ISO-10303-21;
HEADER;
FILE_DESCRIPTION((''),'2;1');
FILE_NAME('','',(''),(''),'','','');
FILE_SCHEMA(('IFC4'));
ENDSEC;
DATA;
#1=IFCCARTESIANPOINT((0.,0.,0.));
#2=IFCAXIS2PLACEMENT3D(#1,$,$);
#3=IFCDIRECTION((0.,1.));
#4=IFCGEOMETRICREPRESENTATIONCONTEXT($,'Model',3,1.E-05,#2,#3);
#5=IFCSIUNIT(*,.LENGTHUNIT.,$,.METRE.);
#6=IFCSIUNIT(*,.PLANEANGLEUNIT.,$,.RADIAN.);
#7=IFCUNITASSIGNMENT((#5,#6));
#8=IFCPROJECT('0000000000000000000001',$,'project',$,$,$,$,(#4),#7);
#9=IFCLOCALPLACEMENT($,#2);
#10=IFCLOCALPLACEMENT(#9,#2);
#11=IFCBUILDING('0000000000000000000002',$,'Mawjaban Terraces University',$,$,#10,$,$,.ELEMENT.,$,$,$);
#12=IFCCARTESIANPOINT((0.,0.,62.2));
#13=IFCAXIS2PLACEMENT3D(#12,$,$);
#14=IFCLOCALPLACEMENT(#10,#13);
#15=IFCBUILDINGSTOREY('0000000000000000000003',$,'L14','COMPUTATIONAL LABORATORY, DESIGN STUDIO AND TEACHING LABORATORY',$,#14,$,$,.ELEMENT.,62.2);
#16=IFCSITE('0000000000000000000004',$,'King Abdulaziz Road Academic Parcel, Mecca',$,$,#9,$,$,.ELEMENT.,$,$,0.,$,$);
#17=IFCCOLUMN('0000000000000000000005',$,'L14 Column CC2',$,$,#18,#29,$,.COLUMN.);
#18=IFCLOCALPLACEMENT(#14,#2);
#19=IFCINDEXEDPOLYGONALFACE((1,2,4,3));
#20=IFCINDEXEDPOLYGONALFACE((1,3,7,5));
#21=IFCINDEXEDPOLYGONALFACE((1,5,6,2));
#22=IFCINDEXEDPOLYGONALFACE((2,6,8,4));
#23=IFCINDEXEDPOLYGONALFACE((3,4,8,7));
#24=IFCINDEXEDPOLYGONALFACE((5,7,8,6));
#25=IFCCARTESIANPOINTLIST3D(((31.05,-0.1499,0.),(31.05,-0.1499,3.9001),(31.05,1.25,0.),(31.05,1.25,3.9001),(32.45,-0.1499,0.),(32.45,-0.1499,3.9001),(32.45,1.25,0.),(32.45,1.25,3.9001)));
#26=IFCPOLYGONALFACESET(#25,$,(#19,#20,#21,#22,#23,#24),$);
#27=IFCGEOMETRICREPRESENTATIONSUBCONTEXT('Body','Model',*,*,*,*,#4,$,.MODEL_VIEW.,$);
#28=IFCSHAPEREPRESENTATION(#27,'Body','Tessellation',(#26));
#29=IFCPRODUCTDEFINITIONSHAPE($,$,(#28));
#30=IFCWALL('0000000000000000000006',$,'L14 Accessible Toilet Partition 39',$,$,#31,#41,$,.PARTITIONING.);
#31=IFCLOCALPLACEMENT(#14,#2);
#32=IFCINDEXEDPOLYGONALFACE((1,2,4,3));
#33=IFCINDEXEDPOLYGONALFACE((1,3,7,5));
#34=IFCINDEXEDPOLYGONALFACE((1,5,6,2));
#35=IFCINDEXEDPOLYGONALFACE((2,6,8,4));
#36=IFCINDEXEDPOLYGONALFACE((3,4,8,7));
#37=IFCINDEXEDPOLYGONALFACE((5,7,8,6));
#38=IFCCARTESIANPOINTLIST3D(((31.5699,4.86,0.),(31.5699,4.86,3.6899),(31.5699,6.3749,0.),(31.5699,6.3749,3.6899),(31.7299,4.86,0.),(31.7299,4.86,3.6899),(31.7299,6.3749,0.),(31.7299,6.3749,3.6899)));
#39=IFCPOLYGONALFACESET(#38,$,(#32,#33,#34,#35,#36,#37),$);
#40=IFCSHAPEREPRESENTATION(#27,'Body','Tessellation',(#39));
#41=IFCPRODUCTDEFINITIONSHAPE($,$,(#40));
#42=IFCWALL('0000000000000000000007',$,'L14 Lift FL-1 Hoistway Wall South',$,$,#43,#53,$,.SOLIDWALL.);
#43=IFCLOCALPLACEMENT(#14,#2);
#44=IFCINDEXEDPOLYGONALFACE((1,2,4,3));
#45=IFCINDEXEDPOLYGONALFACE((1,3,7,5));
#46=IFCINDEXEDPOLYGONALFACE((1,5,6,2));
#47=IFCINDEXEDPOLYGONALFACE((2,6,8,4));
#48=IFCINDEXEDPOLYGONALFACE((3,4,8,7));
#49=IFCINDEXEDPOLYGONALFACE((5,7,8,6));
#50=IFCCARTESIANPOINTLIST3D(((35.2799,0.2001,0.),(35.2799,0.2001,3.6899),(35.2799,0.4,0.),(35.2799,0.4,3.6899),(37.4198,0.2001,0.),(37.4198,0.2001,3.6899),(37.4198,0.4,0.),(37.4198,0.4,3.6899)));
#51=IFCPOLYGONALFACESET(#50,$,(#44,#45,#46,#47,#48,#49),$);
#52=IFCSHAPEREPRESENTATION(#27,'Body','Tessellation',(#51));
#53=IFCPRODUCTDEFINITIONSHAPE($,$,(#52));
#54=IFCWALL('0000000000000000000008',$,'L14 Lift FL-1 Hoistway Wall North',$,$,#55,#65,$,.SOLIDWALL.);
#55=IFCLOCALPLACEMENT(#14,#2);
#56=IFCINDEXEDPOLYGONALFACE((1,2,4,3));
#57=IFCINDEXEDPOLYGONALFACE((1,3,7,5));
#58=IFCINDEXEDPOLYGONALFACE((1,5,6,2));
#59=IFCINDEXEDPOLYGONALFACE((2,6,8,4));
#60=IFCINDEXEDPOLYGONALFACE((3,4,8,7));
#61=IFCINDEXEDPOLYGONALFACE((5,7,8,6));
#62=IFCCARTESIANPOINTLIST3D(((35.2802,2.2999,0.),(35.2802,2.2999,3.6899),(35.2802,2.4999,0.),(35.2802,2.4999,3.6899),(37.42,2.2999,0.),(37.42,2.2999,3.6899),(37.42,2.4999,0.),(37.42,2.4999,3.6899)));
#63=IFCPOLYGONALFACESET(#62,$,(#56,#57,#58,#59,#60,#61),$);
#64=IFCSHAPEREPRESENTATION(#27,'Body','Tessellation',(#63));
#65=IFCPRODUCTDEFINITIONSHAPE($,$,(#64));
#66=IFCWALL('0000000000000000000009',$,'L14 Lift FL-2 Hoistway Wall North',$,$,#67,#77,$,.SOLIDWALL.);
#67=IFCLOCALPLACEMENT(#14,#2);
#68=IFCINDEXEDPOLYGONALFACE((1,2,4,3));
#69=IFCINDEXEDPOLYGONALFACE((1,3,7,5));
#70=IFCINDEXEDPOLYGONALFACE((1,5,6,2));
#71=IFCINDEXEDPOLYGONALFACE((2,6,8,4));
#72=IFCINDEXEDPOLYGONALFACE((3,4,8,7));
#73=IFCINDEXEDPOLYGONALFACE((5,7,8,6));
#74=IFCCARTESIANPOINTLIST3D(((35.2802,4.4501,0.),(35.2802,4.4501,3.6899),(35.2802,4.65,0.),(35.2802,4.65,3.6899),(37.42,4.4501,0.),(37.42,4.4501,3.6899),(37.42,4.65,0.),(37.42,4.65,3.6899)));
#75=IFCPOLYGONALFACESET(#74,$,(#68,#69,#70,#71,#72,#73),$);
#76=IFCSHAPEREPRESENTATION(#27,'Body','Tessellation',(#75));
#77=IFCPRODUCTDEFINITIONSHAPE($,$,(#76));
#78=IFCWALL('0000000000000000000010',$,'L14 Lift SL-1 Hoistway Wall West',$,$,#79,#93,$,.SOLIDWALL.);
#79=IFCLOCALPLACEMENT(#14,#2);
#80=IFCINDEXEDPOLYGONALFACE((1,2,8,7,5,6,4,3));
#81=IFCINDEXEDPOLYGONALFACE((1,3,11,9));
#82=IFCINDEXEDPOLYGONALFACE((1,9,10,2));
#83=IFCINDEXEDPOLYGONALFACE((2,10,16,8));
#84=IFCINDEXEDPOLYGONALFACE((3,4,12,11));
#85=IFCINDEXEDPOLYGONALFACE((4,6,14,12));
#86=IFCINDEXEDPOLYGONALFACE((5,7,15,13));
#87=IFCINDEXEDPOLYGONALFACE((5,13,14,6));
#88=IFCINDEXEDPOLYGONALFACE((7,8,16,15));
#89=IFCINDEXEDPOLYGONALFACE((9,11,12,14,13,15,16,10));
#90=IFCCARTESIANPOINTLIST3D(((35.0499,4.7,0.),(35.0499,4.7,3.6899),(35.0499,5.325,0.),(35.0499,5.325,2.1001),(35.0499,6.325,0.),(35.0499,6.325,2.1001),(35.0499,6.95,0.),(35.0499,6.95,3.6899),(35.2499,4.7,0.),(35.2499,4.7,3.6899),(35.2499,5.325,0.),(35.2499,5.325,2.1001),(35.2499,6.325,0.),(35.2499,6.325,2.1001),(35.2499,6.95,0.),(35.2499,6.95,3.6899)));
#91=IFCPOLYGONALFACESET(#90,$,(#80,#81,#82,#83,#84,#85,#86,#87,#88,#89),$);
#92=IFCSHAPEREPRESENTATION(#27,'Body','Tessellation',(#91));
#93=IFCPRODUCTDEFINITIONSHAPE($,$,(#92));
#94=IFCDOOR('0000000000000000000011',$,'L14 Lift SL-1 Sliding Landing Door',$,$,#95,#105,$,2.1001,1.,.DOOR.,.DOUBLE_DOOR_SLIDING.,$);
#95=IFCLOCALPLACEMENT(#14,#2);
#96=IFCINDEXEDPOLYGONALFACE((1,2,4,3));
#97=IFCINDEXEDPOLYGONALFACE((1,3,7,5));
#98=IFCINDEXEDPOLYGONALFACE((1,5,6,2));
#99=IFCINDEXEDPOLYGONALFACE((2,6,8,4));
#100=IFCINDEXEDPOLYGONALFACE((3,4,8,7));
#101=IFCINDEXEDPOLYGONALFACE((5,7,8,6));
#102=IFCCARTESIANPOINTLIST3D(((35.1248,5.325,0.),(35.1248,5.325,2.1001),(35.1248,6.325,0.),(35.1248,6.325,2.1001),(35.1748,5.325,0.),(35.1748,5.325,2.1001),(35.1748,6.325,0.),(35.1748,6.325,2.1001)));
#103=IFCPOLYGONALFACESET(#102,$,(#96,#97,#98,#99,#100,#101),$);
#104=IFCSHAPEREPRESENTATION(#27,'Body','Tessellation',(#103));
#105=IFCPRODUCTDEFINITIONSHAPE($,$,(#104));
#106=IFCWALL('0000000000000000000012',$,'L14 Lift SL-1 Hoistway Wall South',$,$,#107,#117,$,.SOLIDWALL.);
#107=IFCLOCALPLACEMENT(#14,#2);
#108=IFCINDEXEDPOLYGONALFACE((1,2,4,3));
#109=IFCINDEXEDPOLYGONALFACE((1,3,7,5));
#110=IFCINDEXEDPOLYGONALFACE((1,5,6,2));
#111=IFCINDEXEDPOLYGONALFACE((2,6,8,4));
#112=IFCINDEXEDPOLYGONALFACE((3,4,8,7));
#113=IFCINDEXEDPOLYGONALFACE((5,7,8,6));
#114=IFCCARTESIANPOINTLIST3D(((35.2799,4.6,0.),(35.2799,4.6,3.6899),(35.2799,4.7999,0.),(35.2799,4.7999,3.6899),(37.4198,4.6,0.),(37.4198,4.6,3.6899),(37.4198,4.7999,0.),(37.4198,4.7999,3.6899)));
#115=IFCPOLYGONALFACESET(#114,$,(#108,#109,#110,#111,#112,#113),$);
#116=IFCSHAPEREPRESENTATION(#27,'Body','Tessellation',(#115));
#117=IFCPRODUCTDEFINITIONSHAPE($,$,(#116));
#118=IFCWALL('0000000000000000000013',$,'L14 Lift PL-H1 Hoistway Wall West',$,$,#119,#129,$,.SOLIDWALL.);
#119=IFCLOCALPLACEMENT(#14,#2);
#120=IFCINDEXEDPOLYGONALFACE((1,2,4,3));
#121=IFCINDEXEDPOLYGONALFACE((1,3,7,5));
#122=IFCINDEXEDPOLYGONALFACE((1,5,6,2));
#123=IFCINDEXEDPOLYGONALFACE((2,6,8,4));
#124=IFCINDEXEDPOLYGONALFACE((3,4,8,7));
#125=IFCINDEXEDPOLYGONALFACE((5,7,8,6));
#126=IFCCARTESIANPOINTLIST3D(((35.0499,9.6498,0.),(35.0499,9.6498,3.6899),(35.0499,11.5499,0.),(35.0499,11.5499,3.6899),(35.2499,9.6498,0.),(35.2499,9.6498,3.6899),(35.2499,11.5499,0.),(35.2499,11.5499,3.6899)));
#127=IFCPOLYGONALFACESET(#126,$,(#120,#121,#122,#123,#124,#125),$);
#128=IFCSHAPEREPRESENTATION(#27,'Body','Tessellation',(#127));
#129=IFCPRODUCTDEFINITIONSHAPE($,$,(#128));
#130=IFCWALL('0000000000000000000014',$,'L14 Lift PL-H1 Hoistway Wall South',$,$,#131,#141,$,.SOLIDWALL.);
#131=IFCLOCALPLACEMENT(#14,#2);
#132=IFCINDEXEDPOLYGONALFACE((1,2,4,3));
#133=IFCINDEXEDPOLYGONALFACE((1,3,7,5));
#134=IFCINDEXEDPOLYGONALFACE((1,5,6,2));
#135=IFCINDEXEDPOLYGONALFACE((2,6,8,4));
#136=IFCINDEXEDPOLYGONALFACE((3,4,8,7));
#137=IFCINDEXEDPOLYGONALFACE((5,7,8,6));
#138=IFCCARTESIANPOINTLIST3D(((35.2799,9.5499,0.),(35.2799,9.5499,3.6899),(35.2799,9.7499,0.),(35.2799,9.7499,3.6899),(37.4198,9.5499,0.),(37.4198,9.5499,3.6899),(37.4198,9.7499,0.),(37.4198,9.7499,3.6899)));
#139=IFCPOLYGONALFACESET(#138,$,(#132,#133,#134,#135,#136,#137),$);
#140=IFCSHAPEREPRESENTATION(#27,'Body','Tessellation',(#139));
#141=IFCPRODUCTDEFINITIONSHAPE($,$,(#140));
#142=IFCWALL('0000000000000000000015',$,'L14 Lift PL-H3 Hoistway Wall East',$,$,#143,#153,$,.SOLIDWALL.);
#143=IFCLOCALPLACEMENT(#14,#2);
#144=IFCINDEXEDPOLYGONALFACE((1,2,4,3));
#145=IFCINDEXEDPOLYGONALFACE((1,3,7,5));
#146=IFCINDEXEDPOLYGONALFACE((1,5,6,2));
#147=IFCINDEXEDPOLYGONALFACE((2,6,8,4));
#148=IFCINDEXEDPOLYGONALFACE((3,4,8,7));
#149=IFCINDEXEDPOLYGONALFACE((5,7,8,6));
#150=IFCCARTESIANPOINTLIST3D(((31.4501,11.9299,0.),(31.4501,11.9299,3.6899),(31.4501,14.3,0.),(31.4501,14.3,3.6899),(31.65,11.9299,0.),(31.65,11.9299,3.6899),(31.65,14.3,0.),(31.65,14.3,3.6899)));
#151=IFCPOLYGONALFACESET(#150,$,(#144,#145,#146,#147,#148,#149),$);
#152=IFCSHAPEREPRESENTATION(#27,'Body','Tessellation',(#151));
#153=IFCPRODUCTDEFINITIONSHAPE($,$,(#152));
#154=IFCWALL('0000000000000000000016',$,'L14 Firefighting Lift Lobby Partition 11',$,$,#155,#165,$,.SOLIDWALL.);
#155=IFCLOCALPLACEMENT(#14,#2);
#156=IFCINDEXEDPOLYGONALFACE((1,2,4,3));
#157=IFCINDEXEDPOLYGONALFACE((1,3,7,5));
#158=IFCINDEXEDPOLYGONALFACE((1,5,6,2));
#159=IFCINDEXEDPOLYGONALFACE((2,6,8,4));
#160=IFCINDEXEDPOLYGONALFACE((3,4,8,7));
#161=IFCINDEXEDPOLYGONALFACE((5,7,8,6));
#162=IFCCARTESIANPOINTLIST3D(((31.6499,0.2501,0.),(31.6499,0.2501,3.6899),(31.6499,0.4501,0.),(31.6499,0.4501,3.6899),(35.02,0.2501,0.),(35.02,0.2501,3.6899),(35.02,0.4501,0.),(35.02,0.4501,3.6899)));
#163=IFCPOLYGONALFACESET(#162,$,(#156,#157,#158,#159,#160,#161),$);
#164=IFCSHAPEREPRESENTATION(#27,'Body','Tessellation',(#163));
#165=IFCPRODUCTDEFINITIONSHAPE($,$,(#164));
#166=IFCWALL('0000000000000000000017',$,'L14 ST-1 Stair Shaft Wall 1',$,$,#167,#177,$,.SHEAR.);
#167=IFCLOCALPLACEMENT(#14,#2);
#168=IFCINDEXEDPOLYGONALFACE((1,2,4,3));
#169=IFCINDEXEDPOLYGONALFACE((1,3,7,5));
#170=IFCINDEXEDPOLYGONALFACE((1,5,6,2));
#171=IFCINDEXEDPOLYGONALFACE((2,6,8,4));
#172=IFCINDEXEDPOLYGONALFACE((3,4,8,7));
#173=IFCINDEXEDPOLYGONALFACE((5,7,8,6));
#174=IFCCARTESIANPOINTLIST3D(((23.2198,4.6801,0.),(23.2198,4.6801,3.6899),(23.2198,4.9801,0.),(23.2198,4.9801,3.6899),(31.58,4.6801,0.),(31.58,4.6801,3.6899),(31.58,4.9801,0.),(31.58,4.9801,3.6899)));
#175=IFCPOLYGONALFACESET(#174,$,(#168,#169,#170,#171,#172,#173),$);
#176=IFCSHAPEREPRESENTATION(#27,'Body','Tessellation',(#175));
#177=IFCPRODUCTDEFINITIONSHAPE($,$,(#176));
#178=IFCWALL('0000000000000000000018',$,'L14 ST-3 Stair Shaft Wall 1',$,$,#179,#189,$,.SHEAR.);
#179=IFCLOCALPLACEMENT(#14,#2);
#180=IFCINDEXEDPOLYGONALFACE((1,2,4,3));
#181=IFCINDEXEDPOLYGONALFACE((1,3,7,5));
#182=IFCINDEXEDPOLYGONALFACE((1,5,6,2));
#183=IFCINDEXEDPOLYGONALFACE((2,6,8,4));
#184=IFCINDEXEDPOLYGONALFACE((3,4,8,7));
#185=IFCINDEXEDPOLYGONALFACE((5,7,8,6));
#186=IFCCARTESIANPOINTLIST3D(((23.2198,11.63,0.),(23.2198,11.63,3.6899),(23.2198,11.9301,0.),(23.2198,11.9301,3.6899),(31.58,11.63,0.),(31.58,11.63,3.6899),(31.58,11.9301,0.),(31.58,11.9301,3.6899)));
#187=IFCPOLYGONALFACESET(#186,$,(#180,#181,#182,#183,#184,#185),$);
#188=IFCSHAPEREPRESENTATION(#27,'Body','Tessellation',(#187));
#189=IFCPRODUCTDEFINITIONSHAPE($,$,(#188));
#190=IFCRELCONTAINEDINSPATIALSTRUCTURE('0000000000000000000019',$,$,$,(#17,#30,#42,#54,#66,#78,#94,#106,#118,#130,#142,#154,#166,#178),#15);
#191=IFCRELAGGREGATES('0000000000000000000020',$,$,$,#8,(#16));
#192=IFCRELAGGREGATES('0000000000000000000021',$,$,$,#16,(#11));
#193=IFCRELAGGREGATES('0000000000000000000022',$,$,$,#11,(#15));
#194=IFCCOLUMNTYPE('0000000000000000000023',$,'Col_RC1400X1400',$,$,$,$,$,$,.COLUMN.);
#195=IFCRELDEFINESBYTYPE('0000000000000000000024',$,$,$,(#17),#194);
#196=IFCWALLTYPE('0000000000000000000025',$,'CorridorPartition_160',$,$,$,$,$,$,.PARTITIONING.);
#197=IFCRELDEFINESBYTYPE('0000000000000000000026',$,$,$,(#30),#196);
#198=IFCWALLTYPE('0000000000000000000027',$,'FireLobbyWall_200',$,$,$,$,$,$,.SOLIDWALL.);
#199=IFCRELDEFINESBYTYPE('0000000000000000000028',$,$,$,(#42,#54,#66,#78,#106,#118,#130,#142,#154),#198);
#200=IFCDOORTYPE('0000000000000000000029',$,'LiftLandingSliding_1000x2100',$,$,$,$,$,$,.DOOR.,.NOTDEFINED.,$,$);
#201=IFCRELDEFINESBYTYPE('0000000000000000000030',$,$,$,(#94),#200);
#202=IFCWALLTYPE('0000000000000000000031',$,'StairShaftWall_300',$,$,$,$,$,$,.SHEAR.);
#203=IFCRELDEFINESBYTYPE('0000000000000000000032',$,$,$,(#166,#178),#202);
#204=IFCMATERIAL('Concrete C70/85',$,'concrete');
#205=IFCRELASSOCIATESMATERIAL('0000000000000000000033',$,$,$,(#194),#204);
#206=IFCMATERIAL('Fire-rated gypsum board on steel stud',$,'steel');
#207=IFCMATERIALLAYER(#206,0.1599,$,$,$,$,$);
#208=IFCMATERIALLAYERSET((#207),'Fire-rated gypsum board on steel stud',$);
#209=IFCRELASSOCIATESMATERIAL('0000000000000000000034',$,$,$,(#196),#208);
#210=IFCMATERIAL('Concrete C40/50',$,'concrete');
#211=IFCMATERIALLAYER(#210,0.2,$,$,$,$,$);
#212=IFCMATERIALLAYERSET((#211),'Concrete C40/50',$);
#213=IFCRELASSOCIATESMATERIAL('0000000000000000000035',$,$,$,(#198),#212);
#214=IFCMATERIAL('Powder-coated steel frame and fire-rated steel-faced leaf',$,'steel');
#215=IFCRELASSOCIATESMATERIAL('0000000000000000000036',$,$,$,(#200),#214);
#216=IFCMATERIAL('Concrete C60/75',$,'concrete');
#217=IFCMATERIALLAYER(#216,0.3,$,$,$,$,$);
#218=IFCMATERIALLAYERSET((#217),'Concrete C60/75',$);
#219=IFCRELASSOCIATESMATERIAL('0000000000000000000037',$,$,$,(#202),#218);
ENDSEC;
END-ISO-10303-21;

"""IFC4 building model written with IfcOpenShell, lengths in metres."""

from ifc_helpers import new_model, si_unit, direction, frame, frame_2d, origin, origin_2d, place, context, subcontext, project, spatial, rectangle, extrude, material, layer, layer_set, material_profile, profile_set, type_object, element, fill, save


model = new_model("IFC4")

# Units and contexts
model_context = context("Model", 3, precision=1e-05, world=origin(), true_north=direction((0.0, 1.0)))
body_context = subcontext(model_context, "Body", "Model", "MODEL_VIEW")
ifc_project = project(units=[si_unit("LENGTHUNIT", "METRE"), si_unit("PLANEANGLEUNIT", "RADIAN")], contexts=[model_context])

# Site, building, storey
site_placement = place(None, origin())
site = spatial("IfcSite", under=ifc_project, at=site_placement, Name="King Abdulaziz Road Academic Parcel, Mecca", CompositionType="ELEMENT", RefElevation=0.0)
building_placement = place(site_placement, origin())
building = spatial("IfcBuilding", under=site, at=building_placement, Name="Mawjaban Terraces University", CompositionType="ELEMENT")
storey_placement = place(building_placement, frame((0.0, 0.0, 62.2)))
storey = spatial("IfcBuildingStorey", under=building, at=storey_placement, Name="L14", Description="COMPUTATIONAL LABORATORY, DESIGN STUDIO AND TEACHING LABORATORY", CompositionType="ELEMENT", Elevation=62.2)

# Column
ifc_material_1 = material(Name="Concrete C70/85", Category="concrete")
ifc_material_profile = material_profile(ifc_material_1, rectangle(XDim=1.3999, YDim=1.3999, at=origin_2d()), Name="RC1400X1400")
ifc_profile_set = profile_set([ifc_material_profile], Name="Concrete C70/85")
column_type = type_object("IfcColumnType", Name="Col_RC1400X1400", PredefinedType="COLUMN", material=ifc_profile_set)
column_placement = place(storey_placement, frame((31.75, 0.55, 0.0), z_axis=(0.0, 0.0, 1.0), x_axis=(1.0, 0.0, 0.0)))
element("IfcColumn", 1, at=column_placement, inside=storey, type_object=column_type, Name="L14 Column CC2", PredefinedType="COLUMN", context=body_context, shape_type="SweptSolid", body=[
    extrude(rectangle(XDim=1.3999, YDim=1.3999, at=origin_2d()), origin(), (0.0, 0.0, 1.0), 3.9001),
])

# Wall
ifc_material_2 = material(Name="Fire-rated gypsum board on steel stud", Category="steel")
ifc_layer_1 = layer(ifc_material_2, 0.1599)
ifc_layer_set_1 = layer_set([ifc_layer_1], Name="Fire-rated gypsum board on steel stud")
wall_type_1 = type_object("IfcWallType", Name="CorridorPartition_160", PredefinedType="PARTITIONING", material=ifc_layer_set_1)
wall_1_placement = place(storey_placement, frame((31.6499, 4.8601, 0.0), z_axis=(0.0, 0.0, 1.0), x_axis=(0.0, 1.0, 0.0)))
element("IfcWall", 2, at=wall_1_placement, inside=storey, type_object=wall_type_1, Name="L14 Accessible Toilet Partition 39", PredefinedType="PARTITIONING", context=body_context, shape_type="SweptSolid", body=[
    extrude(rectangle(XDim=1.5149, YDim=0.1599, at=frame_2d((0.7573, 0.0))), origin(), (0.0, 0.0, 1.0), 3.6899),
])

# Shared definitions
ifc_material_3 = material(Name="Concrete C40/50", Category="concrete")
ifc_layer_2 = layer(ifc_material_3, 0.2)
ifc_layer_set_2 = layer_set([ifc_layer_2], Name="Concrete C40/50")
wall_type_2 = type_object("IfcWallType", Name="FireLobbyWall_200", PredefinedType="SOLIDWALL", material=ifc_layer_set_2)
ifc_material_4 = material(Name="Powder-coated steel frame and fire-rated steel-faced leaf", Category="steel")

# Walls
for number, where, z_axis, x_axis, name in (
    (3, (35.28, 0.3, 0.0), (0.0, 0.0, 1.0), (1.0, 0.0, 0.0), "L14 Lift FL-1 Hoistway Wall South"),
    (4, (37.4199, 2.3999, 0.0), (0.0, 0.0, 1.0), (-1.0, 0.0, 0.0), "L14 Lift FL-1 Hoistway Wall North"),
):
    element("IfcWall", number, at=place(storey_placement, frame(where, z_axis=z_axis, x_axis=x_axis)), inside=storey, type_object=wall_type_2, Name=name, PredefinedType="SOLIDWALL", context=body_context, shape_type="SweptSolid", body=[
        extrude(rectangle(XDim=2.1399, YDim=0.2, at=frame_2d((1.0698, 0.0))), origin(), (0.0, 0.0, 1.0), 3.6899),
    ])

# Wall
wall_2_placement = place(storey_placement, frame((37.4199, 4.55, 0.0), z_axis=(0.0, 0.0, 1.0), x_axis=(-1.0, 0.0, 0.0)))
element("IfcWall", 5, at=wall_2_placement, inside=storey, type_object=wall_type_2, Name="L14 Lift FL-2 Hoistway Wall North", PredefinedType="SOLIDWALL", context=body_context, shape_type="SweptSolid", body=[
    extrude(rectangle(XDim=2.1399, YDim=0.2, at=frame_2d((1.0698, 0.0))), origin(), (0.0, 0.0, 1.0), 3.6899),
])

# Wall, opening, door
wall_3_placement = place(storey_placement, frame((35.1499, 6.95, 0.0), z_axis=(0.0, 0.0, 1.0), x_axis=(0.0, -1.0, 0.0)))
wall_3 = element("IfcWall", 6, at=wall_3_placement, inside=storey, type_object=wall_type_2, Name="L14 Lift SL-1 Hoistway Wall West", PredefinedType="SOLIDWALL", context=body_context, shape_type="SweptSolid", body=[
    extrude(rectangle(XDim=2.25, YDim=0.2, at=frame_2d((1.125, 0.0))), origin(), (0.0, 0.0, 1.0), 3.6899),
])
opening_1_placement = place(wall_3_placement, frame((0.625, 0.0, 0.0)))
opening_1 = element("IfcOpeningElement", 7, at=opening_1_placement, cuts=wall_3, PredefinedType="OPENING", context=body_context, shape_type="SweptSolid", body=[
    extrude(rectangle(XDim=1.0, YDim=2.1001, at=frame_2d((0.5, 1.05))), frame((0.0, 0.1099, 0.0), z_axis=(0.0, -1.0, 0.0), x_axis=(1.0, 0.0, 0.0)), (0.0, 0.0, 1.0), 0.22),
])
door_type_1 = type_object("IfcDoorType", Name="LiftLandingSliding_1000x2100", OperationType="NOTDEFINED", PredefinedType="DOOR", material=ifc_material_4)
door_1_placement = place(opening_1_placement, origin())
door_1 = element("IfcDoor", 8, at=door_1_placement, inside=storey, type_object=door_type_1, Name="L14 Lift SL-1 Sliding Landing Door", OperationType="DOUBLE_DOOR_SLIDING", OverallHeight=2.1001, OverallWidth=1.0, PredefinedType="DOOR", context=body_context, shape_type="SweptSolid", body=[
    extrude(rectangle(XDim=1.0, YDim=2.1001, at=frame_2d((0.5, 1.05))), frame((0.0, 0.0249, 0.0), z_axis=(0.0, -1.0, 0.0), x_axis=(1.0, 0.0, 0.0)), (0.0, 0.0, 1.0), 0.05),
])
fill(opening_1, door_1)

# Walls
wall_4_placement = place(storey_placement, frame((35.28, 4.7, 0.0), z_axis=(0.0, 0.0, 1.0), x_axis=(1.0, 0.0, 0.0)))
element("IfcWall", 9, at=wall_4_placement, inside=storey, type_object=wall_type_2, Name="L14 Lift SL-1 Hoistway Wall South", PredefinedType="SOLIDWALL", context=body_context, shape_type="SweptSolid", body=[
    extrude(rectangle(XDim=2.1399, YDim=0.2, at=frame_2d((1.0698, 0.0))), origin(), (0.0, 0.0, 1.0), 3.6899),
])
wall_5_placement = place(storey_placement, frame((35.1499, 11.55, 0.0), z_axis=(0.0, 0.0, 1.0), x_axis=(0.0, -1.0, 0.0)))
element("IfcWall", 10, at=wall_5_placement, inside=storey, type_object=wall_type_2, Name="L14 Lift PL-H1 Hoistway Wall West", PredefinedType="SOLIDWALL", context=body_context, shape_type="SweptSolid", body=[
    extrude(rectangle(XDim=1.9001, YDim=0.2, at=frame_2d((0.9502, 0.0))), origin(), (0.0, 0.0, 1.0), 3.6899),
])
wall_6_placement = place(storey_placement, frame((35.28, 9.6499, 0.0), z_axis=(0.0, 0.0, 1.0), x_axis=(1.0, 0.0, 0.0)))
element("IfcWall", 11, at=wall_6_placement, inside=storey, type_object=wall_type_2, Name="L14 Lift PL-H1 Hoistway Wall South", PredefinedType="SOLIDWALL", context=body_context, shape_type="SweptSolid", body=[
    extrude(rectangle(XDim=2.1399, YDim=0.2, at=frame_2d((1.0698, 0.0))), origin(), (0.0, 0.0, 1.0), 3.6899),
])
wall_7_placement = place(storey_placement, frame((31.55, 11.9299, 0.0), z_axis=(0.0, 0.0, 1.0), x_axis=(0.0, 1.0, 0.0)))
element("IfcWall", 12, at=wall_7_placement, inside=storey, type_object=wall_type_2, Name="L14 Lift PL-H3 Hoistway Wall East", PredefinedType="SOLIDWALL", context=body_context, shape_type="SweptSolid", body=[
    extrude(rectangle(XDim=2.3701, YDim=0.2, at=frame_2d((1.1851, 0.0))), origin(), (0.0, 0.0, 1.0), 3.6899),
])
wall_8_placement = place(storey_placement, frame((31.6499, 0.3501, 0.0), z_axis=(0.0, 0.0, 1.0), x_axis=(1.0, 0.0, 0.0)))
element("IfcWall", 13, at=wall_8_placement, inside=storey, type_object=wall_type_2, Name="L14 Firefighting Lift Lobby Partition 11", PredefinedType="SOLIDWALL", context=body_context, shape_type="SweptSolid", body=[
    extrude(rectangle(XDim=3.3701, YDim=0.2, at=frame_2d((1.6851, 0.0))), origin(), (0.0, 0.0, 1.0), 3.6899),
])

# Wall
ifc_material_5 = material(Name="Concrete C60/75", Category="concrete")
ifc_layer_3 = layer(ifc_material_5, 0.3)
ifc_layer_set_3 = layer_set([ifc_layer_3], Name="Concrete C60/75")
wall_type_3 = type_object("IfcWallType", Name="StairShaftWall_300", PredefinedType="SHEAR", material=ifc_layer_set_3)
wall_9_placement = place(storey_placement, frame((31.5801, 4.8301, 0.0), z_axis=(0.0, 0.0, 1.0), x_axis=(-1.0, 0.0, 0.0)))
element("IfcWall", 14, at=wall_9_placement, inside=storey, type_object=wall_type_3, Name="L14 ST-1 Stair Shaft Wall 1", PredefinedType="SHEAR", context=body_context, shape_type="SweptSolid", body=[
    extrude(rectangle(XDim=8.3601, YDim=0.3, at=frame_2d((4.1802, 0.0))), origin(), (0.0, 0.0, 1.0), 3.6899),
])

# Wall
wall_10_placement = place(storey_placement, frame((31.5801, 11.78, 0.0), z_axis=(0.0, 0.0, 1.0), x_axis=(-1.0, 0.0, 0.0)))
element("IfcWall", 15, at=wall_10_placement, inside=storey, type_object=wall_type_3, Name="L14 ST-3 Stair Shaft Wall 1", PredefinedType="SHEAR", context=body_context, shape_type="SweptSolid", body=[
    extrude(rectangle(XDim=8.3601, YDim=0.3, at=frame_2d((4.1802, 0.0))), origin(), (0.0, 0.0, 1.0), 3.6899),
])

save(model, "model.ifc")
